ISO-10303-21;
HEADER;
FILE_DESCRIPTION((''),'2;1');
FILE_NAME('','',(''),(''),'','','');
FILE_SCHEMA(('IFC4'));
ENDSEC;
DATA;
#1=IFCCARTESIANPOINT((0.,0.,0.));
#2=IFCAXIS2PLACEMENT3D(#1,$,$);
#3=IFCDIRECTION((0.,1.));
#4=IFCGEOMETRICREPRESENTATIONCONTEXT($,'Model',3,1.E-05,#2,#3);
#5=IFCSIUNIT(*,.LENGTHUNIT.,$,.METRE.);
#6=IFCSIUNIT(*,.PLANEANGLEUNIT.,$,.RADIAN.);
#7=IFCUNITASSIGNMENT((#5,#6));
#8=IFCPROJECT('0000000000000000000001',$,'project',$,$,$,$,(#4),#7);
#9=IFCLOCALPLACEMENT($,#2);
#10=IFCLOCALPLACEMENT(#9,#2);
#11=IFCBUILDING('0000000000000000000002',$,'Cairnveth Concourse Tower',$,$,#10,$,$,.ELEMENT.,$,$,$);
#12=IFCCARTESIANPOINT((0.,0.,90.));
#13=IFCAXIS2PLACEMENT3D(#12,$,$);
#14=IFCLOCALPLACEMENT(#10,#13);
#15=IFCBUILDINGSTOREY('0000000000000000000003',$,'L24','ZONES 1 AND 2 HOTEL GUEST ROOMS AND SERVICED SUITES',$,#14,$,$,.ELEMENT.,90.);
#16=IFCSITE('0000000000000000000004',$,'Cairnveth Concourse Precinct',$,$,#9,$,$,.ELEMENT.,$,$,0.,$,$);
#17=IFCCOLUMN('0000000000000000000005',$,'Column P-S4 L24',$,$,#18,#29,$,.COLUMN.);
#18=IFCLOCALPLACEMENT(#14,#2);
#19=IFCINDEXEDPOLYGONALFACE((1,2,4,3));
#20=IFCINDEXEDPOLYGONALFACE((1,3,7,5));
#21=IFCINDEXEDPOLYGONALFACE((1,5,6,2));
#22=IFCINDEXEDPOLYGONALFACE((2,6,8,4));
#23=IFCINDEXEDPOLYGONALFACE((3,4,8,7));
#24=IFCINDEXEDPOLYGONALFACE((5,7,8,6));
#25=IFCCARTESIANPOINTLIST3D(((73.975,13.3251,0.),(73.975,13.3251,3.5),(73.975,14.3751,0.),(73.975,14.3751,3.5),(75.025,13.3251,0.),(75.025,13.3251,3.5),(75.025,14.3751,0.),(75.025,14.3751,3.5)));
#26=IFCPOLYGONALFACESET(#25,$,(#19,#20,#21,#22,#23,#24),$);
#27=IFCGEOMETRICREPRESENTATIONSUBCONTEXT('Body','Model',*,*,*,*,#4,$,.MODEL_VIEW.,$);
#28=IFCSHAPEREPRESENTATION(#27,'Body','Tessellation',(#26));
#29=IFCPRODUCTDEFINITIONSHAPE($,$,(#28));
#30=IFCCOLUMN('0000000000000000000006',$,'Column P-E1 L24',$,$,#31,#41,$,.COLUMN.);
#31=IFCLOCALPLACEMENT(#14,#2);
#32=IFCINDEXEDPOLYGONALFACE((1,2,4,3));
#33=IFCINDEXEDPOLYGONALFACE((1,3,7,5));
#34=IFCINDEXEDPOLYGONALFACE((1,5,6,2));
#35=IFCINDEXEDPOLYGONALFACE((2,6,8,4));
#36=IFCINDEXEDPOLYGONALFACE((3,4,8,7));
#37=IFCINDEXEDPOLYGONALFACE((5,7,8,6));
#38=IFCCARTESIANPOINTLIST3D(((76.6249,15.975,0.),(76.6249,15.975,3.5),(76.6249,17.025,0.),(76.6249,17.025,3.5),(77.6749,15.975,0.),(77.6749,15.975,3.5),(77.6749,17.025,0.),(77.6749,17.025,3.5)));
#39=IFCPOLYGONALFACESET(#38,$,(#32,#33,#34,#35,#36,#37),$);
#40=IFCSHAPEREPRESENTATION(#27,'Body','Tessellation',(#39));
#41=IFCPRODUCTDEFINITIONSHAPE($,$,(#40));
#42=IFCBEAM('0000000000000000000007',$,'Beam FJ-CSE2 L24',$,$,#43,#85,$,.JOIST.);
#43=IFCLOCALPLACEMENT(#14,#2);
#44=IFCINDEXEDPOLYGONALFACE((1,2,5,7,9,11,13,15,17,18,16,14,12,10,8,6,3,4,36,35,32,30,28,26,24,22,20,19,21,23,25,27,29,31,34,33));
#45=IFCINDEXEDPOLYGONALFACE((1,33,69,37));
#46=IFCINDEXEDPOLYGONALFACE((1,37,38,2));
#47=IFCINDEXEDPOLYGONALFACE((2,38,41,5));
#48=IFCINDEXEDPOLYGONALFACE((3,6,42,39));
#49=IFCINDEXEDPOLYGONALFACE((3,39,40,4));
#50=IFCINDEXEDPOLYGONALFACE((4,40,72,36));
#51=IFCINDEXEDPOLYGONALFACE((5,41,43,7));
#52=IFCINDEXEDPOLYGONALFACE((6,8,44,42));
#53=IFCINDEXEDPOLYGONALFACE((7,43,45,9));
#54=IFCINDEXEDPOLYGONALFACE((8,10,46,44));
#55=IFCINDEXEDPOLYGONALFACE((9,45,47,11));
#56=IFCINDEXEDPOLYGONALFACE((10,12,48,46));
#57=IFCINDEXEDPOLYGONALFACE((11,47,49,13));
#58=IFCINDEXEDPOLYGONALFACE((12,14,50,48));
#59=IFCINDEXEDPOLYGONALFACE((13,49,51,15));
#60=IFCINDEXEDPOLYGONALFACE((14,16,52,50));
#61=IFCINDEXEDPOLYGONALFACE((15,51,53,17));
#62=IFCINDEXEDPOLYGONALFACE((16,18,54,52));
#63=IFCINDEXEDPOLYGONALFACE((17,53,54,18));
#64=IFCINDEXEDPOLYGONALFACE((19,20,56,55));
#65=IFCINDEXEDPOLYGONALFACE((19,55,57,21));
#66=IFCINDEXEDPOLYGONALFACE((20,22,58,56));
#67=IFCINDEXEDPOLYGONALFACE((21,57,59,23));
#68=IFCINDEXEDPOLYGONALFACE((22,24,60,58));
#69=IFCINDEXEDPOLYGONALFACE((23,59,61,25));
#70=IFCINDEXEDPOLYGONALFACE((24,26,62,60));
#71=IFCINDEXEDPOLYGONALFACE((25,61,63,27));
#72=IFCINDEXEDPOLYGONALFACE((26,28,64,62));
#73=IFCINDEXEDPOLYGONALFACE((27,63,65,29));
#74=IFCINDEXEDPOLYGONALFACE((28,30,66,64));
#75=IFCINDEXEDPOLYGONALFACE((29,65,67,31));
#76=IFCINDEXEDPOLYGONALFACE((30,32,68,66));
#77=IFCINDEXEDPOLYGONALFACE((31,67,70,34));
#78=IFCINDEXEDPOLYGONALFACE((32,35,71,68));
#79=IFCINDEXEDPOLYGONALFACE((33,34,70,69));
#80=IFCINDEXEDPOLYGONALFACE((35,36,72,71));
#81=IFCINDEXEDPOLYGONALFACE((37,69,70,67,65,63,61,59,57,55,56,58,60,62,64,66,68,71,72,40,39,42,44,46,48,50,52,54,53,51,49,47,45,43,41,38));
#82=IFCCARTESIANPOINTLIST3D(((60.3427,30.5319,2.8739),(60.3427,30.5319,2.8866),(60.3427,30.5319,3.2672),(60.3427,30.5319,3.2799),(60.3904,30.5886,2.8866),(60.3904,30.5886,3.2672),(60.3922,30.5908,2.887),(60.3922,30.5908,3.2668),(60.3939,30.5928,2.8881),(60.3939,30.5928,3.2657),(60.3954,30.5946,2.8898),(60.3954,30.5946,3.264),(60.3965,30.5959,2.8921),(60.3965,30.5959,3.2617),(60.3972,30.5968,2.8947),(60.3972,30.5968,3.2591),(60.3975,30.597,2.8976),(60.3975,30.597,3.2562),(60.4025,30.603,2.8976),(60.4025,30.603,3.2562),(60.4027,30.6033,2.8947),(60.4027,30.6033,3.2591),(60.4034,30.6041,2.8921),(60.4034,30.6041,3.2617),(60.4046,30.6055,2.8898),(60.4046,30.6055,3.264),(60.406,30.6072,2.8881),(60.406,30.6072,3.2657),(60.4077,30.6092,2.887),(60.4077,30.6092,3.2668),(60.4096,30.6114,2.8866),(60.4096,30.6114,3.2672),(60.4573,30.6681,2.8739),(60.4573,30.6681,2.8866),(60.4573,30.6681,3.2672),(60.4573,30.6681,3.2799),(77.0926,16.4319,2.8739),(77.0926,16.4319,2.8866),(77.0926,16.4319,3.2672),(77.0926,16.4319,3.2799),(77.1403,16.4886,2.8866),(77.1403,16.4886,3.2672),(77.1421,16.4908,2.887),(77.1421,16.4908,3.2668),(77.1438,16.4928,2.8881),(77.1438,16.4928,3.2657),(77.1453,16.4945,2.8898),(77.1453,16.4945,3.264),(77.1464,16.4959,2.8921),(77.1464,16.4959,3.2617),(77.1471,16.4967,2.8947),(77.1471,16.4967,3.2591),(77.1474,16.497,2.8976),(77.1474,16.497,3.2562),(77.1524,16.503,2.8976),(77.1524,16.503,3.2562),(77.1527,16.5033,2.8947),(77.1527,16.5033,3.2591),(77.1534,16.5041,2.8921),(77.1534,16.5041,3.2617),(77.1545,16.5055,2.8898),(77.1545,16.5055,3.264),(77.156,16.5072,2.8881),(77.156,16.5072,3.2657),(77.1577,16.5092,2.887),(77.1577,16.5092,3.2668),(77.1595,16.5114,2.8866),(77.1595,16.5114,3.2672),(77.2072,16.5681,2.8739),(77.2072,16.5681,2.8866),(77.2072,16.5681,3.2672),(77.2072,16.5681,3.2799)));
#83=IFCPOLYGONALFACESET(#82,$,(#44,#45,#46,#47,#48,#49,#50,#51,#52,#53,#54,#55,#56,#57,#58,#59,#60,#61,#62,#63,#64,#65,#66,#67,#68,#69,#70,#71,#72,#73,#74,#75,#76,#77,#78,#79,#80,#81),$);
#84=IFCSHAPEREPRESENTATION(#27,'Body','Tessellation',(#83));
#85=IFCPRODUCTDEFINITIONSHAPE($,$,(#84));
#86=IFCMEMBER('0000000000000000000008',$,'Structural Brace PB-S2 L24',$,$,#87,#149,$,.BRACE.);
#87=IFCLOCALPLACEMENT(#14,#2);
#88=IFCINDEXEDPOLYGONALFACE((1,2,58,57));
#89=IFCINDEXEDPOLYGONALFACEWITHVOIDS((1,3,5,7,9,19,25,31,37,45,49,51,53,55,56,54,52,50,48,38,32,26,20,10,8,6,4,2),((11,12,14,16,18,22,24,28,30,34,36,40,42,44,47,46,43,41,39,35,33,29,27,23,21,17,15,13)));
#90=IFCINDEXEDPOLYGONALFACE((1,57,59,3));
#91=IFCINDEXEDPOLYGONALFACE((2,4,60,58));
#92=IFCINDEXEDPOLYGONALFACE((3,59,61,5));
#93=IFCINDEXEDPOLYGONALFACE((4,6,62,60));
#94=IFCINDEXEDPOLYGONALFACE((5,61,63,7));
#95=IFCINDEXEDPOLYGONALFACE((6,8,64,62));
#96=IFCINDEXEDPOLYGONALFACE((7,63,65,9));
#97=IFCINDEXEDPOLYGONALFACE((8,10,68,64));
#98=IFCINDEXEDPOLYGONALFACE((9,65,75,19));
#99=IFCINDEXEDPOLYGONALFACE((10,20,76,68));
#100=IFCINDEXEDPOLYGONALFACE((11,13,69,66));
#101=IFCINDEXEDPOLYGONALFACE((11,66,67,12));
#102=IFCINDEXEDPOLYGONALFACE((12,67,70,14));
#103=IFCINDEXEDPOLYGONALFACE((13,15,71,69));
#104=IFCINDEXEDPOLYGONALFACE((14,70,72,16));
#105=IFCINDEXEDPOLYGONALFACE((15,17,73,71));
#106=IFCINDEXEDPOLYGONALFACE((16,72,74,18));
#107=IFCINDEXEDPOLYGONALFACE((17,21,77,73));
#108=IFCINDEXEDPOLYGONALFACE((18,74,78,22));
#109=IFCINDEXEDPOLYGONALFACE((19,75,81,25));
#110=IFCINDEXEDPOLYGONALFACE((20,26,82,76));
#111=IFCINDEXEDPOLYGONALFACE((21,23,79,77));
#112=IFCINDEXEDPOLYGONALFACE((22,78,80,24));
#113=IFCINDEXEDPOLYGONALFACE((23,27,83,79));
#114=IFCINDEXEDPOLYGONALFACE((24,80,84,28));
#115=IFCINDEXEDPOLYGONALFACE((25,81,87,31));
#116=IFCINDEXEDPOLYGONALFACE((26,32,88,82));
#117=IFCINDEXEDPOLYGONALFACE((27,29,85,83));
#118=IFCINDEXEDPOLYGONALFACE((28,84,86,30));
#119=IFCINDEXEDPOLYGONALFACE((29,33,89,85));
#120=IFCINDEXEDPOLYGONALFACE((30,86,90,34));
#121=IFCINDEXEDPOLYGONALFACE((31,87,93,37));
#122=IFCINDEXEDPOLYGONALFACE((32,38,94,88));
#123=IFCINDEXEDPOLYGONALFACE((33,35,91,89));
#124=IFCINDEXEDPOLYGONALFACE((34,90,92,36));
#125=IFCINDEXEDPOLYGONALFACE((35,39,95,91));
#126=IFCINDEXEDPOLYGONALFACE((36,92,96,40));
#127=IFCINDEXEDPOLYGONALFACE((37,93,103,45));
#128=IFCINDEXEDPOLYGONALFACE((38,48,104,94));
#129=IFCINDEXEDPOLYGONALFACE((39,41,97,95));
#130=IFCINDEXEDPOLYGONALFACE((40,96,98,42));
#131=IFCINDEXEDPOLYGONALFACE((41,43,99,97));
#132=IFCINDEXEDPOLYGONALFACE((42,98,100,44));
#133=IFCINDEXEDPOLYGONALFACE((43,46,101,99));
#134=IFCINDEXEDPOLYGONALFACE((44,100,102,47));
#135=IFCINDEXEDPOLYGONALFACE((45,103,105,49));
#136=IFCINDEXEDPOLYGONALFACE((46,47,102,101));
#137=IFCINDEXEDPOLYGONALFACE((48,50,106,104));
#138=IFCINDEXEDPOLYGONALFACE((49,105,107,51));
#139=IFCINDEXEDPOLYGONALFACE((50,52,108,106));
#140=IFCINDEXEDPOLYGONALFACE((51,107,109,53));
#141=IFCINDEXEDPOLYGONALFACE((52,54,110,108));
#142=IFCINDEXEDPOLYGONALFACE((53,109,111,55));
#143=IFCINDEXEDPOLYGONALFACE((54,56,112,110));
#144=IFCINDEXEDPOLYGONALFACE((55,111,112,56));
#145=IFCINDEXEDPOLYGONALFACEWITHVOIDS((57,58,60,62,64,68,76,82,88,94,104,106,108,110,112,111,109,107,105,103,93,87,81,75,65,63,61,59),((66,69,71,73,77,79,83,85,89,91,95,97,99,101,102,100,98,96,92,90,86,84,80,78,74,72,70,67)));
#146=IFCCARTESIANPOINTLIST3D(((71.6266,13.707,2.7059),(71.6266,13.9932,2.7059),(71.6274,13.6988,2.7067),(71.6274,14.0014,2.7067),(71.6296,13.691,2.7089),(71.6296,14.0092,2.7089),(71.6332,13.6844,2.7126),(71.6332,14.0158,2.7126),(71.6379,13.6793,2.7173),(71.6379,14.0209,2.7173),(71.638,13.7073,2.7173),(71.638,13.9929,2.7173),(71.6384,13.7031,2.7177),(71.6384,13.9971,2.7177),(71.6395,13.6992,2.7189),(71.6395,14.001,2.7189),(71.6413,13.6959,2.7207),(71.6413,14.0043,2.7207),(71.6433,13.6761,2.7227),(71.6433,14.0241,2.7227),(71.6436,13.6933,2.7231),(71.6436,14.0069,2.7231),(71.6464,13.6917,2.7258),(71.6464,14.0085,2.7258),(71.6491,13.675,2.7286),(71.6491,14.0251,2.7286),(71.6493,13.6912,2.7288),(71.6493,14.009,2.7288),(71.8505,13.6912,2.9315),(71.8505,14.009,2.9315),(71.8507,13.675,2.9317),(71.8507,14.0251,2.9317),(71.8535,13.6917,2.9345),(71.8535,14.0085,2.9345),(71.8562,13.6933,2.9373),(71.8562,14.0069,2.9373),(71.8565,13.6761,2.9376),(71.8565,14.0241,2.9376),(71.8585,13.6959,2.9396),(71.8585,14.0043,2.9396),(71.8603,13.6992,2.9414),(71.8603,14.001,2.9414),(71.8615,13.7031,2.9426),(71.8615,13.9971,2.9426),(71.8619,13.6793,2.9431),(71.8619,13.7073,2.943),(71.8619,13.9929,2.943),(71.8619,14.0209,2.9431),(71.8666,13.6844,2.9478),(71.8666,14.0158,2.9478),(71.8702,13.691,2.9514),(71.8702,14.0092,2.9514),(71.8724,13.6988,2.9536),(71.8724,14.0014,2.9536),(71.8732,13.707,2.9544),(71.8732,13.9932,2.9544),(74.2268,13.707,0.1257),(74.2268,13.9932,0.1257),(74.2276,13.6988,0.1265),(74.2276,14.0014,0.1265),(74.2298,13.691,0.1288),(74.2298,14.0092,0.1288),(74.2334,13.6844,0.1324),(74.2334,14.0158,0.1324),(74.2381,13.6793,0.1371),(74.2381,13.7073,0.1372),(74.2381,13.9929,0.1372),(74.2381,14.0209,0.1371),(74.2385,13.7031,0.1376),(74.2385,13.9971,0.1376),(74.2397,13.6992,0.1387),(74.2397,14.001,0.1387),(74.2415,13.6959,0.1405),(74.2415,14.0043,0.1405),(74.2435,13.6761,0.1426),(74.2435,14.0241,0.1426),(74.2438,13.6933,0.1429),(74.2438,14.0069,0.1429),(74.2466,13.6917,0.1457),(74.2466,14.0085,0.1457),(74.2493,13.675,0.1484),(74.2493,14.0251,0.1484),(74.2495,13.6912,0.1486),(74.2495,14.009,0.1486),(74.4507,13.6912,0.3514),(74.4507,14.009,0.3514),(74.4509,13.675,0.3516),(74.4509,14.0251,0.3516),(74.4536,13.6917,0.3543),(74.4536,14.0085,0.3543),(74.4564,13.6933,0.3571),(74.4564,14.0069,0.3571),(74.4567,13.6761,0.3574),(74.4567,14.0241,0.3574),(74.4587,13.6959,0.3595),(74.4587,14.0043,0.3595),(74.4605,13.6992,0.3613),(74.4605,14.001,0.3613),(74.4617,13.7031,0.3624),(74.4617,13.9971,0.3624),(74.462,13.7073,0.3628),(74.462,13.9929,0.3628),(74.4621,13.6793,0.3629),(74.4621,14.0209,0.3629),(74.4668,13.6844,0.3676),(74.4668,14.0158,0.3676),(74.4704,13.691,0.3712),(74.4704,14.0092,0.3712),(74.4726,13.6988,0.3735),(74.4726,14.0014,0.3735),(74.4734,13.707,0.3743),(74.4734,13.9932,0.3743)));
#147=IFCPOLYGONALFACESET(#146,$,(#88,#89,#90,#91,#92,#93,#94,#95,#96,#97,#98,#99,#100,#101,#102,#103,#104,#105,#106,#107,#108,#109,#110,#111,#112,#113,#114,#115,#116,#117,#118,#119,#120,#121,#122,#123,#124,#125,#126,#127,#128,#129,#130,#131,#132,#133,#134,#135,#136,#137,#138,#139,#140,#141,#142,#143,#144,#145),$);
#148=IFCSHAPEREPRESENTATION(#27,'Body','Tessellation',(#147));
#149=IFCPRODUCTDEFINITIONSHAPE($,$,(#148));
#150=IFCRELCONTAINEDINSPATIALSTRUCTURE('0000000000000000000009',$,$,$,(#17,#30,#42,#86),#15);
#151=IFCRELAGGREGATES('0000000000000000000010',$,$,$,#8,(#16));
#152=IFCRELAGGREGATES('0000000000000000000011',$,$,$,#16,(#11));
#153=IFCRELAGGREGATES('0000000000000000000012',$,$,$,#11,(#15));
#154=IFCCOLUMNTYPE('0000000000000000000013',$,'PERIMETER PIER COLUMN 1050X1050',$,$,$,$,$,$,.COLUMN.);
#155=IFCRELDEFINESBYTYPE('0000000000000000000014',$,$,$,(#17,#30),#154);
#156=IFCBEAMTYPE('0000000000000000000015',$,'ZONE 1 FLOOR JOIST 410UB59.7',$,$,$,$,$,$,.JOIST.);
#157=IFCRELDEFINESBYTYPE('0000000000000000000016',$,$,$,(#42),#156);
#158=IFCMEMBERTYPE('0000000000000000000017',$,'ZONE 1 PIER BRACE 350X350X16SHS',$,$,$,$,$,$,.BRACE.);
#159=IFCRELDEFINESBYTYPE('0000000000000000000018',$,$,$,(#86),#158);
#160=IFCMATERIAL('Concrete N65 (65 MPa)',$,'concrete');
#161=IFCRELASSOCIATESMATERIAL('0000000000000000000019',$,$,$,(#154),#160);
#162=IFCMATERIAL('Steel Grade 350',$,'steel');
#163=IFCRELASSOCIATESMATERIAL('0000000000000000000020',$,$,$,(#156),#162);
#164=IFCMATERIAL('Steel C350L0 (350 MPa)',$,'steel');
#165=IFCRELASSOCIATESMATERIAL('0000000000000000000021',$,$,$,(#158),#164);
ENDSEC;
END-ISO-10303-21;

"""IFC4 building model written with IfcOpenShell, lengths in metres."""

from ifc_helpers import new_model, si_unit, direction, frame, origin, origin_2d, place, context, subcontext, project, spatial, rectangle, hollow_rectangle, i_section, extrude, material, material_profile, profile_set, type_object, element, save


model = new_model("IFC4")

# Units and contexts
model_context = context("Model", 3, precision=1e-05, world=origin(), true_north=direction((0.0, 1.0)))
body_context = subcontext(model_context, "Body", "Model", "MODEL_VIEW")
ifc_project = project(units=[si_unit("LENGTHUNIT", "METRE"), si_unit("PLANEANGLEUNIT", "RADIAN")], contexts=[model_context])

# Site, building, storey
site_placement = place(None, origin())
site = spatial("IfcSite", under=ifc_project, at=site_placement, Name="Cairnveth Concourse Precinct", CompositionType="ELEMENT", RefElevation=0.0)
building_placement = place(site_placement, origin())
building = spatial("IfcBuilding", under=site, at=building_placement, Name="Cairnveth Concourse Tower", CompositionType="ELEMENT")
storey_placement = place(building_placement, frame((0.0, 0.0, 90.0)))
storey = spatial("IfcBuildingStorey", under=building, at=storey_placement, Name="L24", Description="ZONES 1 AND 2 HOTEL GUEST ROOMS AND SERVICED SUITES", CompositionType="ELEMENT", Elevation=90.0)

# Columns
ifc_material_1 = material(Name="Concrete N65 (65 MPa)", Category="concrete")
ifc_material_profile_1 = material_profile(ifc_material_1, rectangle(XDim=1.05, YDim=1.05, at=origin_2d()), Name="RC-COL-1050x1050")
ifc_profile_set_1 = profile_set([ifc_material_profile_1], Name="Concrete N65 (65 MPa)")
column_type = type_object("IfcColumnType", Name="PERIMETER PIER COLUMN 1050X1050", PredefinedType="COLUMN", material=ifc_profile_set_1)
for number, where, z_axis, x_axis, name in (
    (1, (74.5, 13.8501, 0.0), (0.0, 0.0, 1.0), (1.0, 0.0, 0.0), "Column P-S4 L24"),
    (2, (77.1499, 16.5, 0.0), (0.0, 0.0, 1.0), (0.0, 1.0, 0.0), "Column P-E1 L24"),
):
    element("IfcColumn", number, at=place(storey_placement, frame(where, z_axis=z_axis, x_axis=x_axis)), inside=storey, type_object=column_type, Name=name, PredefinedType="COLUMN", context=body_context, shape_type="SweptSolid", body=[
        extrude(rectangle(XDim=1.05, YDim=1.05, at=origin_2d()), origin(), (0.0, 0.0, 1.0), 3.5),
    ])

# Beam
ifc_material_2 = material(Name="Steel Grade 350", Category="steel")
ifc_material_profile_2 = material_profile(ifc_material_2, i_section(OverallWidth=0.178, OverallDepth=0.406, WebThickness=0.0078, FlangeThickness=0.0127, FilletRadius=0.011, at=origin_2d()), Name="410UB59.7")
ifc_profile_set_2 = profile_set([ifc_material_profile_2], Name="Steel Grade 350")
beam_type_1 = type_object("IfcBeamType", Name="ZONE 1 FLOOR JOIST 410UB59.7", PredefinedType="JOIST", material=ifc_profile_set_2)
beam_1_placement = place(storey_placement, frame((77.1499, 16.5, 3.0769), z_axis=(-0.765027, 0.643998, 0.0), x_axis=(-0.643998, -0.765027, 0.0)))
element("IfcBeam", 3, at=beam_1_placement, inside=storey, type_object=beam_type_1, Name="Beam FJ-CSE2 L24", PredefinedType="JOIST", context=body_context, shape_type="SweptSolid", body=[
    extrude(i_section(OverallWidth=0.178, OverallDepth=0.406, WebThickness=0.0078, FlangeThickness=0.0127, FilletRadius=0.011, at=origin_2d()), origin(), (0.0, 0.0, 1.0), 21.8945),
])

# Member
ifc_material_3 = material(Name="Steel C350L0 (350 MPa)", Category="steel")
ifc_material_profile_3 = material_profile(ifc_material_3, hollow_rectangle(XDim=0.3501, YDim=0.3501, WallThickness=0.0161, InnerFilletRadius=0.0161, OuterFilletRadius=0.032, at=origin_2d()), Name="350x350x16.0SHS")
ifc_profile_set_3 = profile_set([ifc_material_profile_3], Name="Steel C350L0 (350 MPa)")
member_type = type_object("IfcMemberType", Name="ZONE 1 PIER BRACE 350X350X16SHS", PredefinedType="BRACE", material=ifc_profile_set_3)
for number, where, z_axis, x_axis, name in (
    (4, (74.3501, 13.8501, 0.25), (-0.709834, 0.0, 0.704369), (0.0, -1.0, 0.0), "Structural Brace PB-S2 L24"),
):
    element("IfcMember", number, at=place(storey_placement, frame(where, z_axis=z_axis, x_axis=x_axis)), inside=storey, type_object=member_type, Name=name, PredefinedType="BRACE", context=body_context, shape_type="SweptSolid", body=[
        extrude(hollow_rectangle(XDim=0.3501, YDim=0.3501, WallThickness=0.0161, InnerFilletRadius=0.0161, OuterFilletRadius=0.032, at=origin_2d()), origin(), (0.0, 0.0, 1.0), 3.6631),
    ])

save(model, "model.ifc")
